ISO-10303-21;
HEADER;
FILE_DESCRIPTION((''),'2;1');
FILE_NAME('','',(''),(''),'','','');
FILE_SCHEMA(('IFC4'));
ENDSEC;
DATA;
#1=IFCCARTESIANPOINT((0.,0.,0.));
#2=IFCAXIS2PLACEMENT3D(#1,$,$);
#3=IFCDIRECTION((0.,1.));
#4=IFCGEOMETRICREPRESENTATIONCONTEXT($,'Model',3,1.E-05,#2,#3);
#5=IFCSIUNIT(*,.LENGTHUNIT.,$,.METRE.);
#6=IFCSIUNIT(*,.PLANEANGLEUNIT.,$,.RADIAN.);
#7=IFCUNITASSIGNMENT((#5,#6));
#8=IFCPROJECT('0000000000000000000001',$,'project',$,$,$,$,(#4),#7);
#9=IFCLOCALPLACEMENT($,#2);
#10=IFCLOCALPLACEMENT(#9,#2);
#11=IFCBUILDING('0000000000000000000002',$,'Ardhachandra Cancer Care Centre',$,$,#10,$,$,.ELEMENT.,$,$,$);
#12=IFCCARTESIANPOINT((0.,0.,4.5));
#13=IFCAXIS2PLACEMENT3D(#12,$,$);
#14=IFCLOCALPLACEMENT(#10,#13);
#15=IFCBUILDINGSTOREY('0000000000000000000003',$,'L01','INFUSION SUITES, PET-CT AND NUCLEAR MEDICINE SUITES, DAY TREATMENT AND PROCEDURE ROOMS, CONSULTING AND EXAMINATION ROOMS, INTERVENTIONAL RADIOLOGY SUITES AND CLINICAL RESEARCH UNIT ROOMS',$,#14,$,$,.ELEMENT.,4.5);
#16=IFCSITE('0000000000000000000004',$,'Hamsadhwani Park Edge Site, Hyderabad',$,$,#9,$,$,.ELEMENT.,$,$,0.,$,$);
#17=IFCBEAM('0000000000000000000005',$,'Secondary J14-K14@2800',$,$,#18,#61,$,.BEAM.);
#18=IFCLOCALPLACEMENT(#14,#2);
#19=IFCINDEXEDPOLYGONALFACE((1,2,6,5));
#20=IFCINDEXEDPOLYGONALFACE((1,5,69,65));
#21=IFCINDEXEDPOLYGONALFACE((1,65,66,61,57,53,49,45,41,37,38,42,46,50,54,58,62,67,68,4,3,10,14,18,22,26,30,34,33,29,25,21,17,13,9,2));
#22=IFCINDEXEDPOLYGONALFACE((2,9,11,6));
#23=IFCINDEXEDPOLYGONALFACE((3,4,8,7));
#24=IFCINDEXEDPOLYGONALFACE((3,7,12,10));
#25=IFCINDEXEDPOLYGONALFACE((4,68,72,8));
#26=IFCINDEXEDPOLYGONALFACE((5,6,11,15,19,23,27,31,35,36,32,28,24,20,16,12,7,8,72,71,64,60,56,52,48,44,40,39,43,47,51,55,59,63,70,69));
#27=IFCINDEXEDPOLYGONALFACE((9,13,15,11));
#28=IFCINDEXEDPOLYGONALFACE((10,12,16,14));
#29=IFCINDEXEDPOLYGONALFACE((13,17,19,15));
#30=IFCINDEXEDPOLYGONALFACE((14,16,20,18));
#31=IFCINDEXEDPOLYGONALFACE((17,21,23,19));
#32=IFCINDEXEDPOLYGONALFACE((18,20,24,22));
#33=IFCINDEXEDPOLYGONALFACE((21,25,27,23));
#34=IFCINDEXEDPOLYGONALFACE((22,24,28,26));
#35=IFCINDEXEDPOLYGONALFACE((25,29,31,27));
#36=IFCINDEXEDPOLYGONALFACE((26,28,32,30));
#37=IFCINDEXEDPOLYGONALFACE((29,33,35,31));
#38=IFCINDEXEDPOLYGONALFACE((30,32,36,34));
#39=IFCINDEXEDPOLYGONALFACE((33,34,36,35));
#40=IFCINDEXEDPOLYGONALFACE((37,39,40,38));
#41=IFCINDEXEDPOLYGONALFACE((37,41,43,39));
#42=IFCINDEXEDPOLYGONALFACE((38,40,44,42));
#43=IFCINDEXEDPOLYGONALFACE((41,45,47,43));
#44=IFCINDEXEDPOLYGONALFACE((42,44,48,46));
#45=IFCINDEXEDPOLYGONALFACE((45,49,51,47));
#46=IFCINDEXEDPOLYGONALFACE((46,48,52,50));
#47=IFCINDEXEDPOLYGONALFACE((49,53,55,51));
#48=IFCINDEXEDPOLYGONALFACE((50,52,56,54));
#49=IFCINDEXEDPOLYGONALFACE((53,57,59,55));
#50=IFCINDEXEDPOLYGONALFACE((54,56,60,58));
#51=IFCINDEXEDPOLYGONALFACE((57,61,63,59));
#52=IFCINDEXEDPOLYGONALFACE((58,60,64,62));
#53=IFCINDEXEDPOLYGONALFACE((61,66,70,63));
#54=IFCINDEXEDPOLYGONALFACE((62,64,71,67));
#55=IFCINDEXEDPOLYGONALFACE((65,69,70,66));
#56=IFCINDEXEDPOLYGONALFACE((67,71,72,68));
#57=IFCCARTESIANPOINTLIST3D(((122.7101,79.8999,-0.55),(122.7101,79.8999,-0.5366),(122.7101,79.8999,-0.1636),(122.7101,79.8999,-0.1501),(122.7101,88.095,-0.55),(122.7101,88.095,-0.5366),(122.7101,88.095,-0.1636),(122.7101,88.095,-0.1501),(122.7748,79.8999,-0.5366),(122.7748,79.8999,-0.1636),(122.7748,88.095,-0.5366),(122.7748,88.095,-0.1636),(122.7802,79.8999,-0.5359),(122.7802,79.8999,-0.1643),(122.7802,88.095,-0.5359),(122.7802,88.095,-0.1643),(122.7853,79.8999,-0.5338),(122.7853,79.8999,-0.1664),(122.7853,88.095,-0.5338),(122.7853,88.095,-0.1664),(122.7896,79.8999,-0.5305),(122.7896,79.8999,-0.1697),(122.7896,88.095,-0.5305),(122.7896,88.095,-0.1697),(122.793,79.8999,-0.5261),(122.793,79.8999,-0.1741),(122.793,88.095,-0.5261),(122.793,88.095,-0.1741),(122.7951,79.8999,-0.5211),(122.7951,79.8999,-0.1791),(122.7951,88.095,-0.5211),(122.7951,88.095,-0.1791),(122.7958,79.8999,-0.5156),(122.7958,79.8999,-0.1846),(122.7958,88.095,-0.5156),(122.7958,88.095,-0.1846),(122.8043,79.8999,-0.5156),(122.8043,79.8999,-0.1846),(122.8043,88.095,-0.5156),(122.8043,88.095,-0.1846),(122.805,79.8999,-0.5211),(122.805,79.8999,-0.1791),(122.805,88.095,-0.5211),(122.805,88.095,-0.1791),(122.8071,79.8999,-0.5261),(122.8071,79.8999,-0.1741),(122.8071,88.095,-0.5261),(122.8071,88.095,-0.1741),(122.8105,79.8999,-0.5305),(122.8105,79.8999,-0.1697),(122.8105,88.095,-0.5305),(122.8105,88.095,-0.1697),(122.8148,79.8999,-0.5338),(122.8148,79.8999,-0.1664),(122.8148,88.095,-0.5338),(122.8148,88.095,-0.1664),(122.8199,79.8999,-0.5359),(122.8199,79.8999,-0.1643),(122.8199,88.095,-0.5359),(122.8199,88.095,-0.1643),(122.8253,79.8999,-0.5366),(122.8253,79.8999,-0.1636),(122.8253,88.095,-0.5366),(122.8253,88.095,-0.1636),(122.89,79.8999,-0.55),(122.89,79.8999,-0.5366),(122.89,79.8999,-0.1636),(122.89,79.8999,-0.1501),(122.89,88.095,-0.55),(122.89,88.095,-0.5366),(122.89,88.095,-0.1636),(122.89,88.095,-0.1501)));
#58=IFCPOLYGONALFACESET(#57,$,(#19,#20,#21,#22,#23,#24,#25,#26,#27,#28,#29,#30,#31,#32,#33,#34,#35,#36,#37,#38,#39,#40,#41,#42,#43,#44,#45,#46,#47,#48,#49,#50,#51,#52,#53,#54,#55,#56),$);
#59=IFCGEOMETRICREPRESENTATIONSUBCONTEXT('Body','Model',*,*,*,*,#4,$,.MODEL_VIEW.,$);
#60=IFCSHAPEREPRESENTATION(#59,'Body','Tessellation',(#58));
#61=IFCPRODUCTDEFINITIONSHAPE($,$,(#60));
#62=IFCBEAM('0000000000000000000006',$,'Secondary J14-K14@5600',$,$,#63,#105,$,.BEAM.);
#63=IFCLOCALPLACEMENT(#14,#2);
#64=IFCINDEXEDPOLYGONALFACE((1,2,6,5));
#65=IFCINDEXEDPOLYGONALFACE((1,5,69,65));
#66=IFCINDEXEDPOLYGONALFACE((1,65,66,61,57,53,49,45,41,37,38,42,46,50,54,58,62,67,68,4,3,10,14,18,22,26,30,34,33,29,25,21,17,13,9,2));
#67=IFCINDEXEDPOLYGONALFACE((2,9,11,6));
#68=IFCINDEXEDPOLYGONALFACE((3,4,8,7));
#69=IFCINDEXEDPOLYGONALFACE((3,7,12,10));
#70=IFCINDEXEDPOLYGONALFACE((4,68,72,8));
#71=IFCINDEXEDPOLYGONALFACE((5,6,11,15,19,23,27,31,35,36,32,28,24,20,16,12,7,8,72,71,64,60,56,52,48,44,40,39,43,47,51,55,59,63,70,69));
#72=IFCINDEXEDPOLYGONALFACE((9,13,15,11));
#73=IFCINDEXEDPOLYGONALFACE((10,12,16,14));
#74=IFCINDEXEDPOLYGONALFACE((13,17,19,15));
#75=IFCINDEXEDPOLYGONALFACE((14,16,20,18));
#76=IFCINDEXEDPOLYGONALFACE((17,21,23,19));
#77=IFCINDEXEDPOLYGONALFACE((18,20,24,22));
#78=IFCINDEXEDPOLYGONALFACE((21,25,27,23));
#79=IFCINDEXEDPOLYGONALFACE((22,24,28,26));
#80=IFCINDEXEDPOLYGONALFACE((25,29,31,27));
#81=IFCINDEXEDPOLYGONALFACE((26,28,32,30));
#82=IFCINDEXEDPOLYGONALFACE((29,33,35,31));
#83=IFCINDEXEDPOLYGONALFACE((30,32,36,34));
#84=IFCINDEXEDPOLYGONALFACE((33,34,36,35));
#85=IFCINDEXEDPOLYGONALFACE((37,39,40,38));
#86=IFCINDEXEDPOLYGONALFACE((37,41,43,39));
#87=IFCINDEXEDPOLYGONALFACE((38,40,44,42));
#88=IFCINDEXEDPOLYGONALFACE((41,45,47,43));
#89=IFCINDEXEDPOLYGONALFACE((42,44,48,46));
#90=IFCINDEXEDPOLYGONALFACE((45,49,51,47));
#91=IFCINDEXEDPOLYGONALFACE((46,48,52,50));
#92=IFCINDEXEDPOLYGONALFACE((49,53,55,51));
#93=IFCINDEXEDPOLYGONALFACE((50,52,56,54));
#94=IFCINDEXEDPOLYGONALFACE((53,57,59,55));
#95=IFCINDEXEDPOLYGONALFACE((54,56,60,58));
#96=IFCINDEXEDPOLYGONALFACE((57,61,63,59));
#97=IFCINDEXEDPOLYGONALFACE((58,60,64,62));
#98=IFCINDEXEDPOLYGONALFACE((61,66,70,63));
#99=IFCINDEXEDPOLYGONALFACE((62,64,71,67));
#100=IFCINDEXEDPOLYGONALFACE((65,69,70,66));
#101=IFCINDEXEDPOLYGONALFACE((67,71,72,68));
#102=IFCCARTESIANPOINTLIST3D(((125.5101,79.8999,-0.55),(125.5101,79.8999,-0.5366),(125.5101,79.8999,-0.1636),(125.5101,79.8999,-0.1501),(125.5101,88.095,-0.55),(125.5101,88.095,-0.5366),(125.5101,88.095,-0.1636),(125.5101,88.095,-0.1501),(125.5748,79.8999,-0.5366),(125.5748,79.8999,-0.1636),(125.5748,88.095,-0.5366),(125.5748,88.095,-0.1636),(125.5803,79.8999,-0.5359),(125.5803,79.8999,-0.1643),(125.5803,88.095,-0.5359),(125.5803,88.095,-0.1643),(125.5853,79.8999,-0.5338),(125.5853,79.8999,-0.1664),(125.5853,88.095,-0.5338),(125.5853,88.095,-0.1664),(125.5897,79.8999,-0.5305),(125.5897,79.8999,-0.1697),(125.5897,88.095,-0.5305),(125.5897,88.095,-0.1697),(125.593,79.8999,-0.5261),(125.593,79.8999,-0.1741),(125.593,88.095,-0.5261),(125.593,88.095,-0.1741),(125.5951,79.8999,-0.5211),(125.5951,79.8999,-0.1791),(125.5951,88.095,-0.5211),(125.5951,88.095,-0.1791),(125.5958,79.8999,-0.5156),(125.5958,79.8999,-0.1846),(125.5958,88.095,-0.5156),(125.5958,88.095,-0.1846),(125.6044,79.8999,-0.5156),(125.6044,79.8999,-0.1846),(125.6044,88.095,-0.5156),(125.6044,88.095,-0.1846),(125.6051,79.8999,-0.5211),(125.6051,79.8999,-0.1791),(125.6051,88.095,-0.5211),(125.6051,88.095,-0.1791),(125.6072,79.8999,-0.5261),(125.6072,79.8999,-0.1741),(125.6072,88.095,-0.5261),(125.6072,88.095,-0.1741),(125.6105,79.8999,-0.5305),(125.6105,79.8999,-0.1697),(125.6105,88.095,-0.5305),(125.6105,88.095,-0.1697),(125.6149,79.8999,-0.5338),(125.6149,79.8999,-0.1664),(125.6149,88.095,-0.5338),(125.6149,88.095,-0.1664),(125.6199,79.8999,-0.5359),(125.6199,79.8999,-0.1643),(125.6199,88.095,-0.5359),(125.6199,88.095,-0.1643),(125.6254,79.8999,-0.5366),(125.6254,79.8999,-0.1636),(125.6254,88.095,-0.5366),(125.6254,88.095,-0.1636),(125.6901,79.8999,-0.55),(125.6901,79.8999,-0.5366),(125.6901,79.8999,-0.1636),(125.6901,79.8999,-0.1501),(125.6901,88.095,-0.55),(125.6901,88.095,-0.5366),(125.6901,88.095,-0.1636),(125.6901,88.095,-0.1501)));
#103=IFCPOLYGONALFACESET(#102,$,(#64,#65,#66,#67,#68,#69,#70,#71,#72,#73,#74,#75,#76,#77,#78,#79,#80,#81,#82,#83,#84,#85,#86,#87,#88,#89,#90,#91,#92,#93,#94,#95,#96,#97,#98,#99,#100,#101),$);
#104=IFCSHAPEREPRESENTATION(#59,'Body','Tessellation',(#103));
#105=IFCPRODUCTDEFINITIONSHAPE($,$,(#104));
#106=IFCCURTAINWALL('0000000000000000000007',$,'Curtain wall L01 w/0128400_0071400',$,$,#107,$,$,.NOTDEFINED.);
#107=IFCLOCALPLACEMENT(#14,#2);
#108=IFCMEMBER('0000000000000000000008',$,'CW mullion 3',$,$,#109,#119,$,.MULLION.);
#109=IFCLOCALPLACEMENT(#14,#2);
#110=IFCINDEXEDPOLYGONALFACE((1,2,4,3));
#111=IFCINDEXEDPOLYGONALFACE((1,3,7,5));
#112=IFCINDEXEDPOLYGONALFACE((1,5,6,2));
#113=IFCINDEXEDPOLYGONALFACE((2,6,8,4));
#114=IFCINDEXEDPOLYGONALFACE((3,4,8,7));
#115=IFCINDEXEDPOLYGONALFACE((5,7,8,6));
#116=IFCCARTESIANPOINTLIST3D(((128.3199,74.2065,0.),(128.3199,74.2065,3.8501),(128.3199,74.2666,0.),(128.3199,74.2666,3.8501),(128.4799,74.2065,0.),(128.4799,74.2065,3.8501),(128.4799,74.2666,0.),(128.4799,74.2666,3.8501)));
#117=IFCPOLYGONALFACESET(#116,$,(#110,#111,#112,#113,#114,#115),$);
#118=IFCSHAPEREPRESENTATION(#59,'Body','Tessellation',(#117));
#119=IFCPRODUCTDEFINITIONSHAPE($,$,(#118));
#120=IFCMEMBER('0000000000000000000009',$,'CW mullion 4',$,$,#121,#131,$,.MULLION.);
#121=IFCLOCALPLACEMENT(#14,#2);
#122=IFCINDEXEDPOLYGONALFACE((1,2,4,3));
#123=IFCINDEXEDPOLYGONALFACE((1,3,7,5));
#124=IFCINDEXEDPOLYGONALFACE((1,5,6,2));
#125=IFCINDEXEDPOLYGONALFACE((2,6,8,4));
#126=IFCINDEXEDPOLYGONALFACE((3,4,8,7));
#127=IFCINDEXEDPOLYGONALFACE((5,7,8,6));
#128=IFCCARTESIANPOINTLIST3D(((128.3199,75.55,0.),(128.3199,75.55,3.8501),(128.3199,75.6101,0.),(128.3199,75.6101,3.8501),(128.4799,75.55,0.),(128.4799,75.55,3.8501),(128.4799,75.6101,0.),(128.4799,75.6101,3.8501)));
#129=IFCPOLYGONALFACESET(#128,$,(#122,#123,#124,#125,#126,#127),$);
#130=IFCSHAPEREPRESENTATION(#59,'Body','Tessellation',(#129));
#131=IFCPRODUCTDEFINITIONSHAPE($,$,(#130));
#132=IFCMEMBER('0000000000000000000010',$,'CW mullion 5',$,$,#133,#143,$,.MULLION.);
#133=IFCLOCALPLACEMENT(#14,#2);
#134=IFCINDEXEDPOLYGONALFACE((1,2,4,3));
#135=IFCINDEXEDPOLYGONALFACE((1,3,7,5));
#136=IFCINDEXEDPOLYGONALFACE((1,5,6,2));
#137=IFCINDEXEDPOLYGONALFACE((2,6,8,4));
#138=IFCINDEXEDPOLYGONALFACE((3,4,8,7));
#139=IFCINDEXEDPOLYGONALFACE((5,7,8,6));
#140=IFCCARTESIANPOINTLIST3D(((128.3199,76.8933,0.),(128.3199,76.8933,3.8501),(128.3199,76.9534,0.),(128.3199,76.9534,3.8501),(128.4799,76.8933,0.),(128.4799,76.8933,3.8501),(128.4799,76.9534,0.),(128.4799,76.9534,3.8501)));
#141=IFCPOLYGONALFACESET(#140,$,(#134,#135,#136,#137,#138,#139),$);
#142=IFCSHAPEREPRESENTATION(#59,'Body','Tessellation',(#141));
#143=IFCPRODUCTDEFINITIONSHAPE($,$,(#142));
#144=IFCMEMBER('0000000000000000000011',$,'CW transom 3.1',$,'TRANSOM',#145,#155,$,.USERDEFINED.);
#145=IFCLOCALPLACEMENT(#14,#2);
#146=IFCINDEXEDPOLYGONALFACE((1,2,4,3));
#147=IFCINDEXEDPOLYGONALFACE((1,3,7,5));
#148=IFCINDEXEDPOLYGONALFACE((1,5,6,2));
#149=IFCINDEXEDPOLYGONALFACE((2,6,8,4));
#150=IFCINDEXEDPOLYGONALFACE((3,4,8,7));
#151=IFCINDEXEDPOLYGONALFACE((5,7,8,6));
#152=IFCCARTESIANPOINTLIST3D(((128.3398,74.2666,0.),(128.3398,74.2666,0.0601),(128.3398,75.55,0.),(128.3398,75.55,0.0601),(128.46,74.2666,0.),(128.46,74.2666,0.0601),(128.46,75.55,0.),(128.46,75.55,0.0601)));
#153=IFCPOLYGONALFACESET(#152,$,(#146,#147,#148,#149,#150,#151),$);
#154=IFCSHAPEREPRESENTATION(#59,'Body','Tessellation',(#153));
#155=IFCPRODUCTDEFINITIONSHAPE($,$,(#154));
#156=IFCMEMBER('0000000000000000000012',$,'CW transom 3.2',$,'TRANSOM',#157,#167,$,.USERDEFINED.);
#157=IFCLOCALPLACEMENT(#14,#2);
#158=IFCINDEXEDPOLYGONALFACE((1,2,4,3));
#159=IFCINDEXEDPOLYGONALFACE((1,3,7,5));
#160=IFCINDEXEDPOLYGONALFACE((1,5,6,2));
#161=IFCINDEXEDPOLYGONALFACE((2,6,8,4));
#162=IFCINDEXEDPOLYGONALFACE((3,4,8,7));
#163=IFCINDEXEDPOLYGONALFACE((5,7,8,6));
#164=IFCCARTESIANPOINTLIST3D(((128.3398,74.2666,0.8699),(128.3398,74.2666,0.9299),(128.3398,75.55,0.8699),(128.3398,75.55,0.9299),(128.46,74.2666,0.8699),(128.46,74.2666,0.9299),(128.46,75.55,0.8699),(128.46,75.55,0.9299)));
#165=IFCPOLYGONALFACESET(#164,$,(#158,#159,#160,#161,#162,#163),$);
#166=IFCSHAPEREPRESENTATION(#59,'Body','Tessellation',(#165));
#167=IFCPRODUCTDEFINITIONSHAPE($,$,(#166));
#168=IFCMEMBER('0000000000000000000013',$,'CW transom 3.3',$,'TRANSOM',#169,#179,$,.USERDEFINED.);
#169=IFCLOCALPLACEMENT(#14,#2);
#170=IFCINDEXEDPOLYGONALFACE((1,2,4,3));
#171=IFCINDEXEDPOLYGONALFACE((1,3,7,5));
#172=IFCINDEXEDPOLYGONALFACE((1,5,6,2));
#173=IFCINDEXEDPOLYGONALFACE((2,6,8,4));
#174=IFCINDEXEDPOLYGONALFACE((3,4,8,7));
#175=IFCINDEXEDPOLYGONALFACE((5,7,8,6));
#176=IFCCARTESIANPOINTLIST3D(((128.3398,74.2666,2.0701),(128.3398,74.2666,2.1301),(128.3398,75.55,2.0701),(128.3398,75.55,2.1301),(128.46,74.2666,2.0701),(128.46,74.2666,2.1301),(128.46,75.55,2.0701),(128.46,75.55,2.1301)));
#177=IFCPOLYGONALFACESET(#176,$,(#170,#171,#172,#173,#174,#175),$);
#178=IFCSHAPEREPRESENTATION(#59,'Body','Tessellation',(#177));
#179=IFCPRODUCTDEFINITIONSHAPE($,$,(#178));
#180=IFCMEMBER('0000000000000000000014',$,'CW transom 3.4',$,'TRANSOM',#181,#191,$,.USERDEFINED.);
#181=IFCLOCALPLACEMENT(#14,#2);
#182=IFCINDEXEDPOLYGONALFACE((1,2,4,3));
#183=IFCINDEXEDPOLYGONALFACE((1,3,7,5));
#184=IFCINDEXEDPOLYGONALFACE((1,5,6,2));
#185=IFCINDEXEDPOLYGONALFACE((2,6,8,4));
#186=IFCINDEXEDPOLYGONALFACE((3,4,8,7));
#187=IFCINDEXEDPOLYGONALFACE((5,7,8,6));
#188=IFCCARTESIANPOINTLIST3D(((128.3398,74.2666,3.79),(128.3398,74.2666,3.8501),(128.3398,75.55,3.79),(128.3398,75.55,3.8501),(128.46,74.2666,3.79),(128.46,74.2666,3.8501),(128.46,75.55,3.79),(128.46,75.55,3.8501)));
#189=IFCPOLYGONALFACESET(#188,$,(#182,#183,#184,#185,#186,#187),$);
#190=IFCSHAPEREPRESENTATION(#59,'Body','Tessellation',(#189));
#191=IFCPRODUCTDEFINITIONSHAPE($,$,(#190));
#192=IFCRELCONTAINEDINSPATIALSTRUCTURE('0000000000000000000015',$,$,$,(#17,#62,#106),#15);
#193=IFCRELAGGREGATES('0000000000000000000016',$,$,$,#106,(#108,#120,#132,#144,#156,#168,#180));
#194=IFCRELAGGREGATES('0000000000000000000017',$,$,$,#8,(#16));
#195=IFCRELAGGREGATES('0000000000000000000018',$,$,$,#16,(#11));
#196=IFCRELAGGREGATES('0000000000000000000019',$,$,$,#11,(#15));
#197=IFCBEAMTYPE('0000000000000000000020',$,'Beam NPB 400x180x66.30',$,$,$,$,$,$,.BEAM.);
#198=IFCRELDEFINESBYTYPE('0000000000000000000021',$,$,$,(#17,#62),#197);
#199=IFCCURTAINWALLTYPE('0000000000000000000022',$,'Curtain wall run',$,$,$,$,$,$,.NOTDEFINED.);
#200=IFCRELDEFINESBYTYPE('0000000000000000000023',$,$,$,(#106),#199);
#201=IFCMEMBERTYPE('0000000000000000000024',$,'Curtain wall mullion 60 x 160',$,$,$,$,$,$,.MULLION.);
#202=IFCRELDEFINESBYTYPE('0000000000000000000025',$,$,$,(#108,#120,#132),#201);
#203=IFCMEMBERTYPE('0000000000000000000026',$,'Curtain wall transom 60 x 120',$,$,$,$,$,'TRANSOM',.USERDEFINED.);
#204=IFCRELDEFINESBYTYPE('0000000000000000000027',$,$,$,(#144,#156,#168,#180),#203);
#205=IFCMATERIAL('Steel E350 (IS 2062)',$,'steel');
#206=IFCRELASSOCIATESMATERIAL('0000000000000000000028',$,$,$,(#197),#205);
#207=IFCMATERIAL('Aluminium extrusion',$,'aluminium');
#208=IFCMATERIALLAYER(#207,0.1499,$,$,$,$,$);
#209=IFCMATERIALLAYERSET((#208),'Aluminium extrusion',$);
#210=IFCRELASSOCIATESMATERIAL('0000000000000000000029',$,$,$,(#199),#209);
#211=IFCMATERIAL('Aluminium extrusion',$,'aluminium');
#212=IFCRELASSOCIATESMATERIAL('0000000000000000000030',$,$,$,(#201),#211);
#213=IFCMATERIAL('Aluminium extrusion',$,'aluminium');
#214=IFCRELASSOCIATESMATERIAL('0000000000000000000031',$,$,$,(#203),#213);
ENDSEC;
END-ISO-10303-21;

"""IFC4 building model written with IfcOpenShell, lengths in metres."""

from ifc_helpers import new_model, si_unit, direction, frame, origin, origin_2d, place, context, subcontext, project, spatial, rectangle, i_section, extrude, material, layer, layer_set, material_profile, profile_set, type_object, element, aggregate, save


model = new_model("IFC4")

# Units and contexts
model_context = context("Model", 3, precision=1e-05, world=origin(), true_north=direction((0.0, 1.0)))
body_context = subcontext(model_context, "Body", "Model", "MODEL_VIEW")
ifc_project = project(units=[si_unit("LENGTHUNIT", "METRE"), si_unit("PLANEANGLEUNIT", "RADIAN")], contexts=[model_context])

# Site, building, storey
site_placement = place(None, origin())
site = spatial("IfcSite", under=ifc_project, at=site_placement, Name="Hamsadhwani Park Edge Site, Hyderabad", CompositionType="ELEMENT", RefElevation=0.0)
building_placement = place(site_placement, origin())
building = spatial("IfcBuilding", under=site, at=building_placement, Name="Ardhachandra Cancer Care Centre", CompositionType="ELEMENT")
storey_placement = place(building_placement, frame((0.0, 0.0, 4.5)))
storey = spatial("IfcBuildingStorey", under=building, at=storey_placement, Name="L01", Description="INFUSION SUITES, PET-CT AND NUCLEAR MEDICINE SUITES, DAY TREATMENT AND PROCEDURE ROOMS, CONSULTING AND EXAMINATION ROOMS, INTERVENTIONAL RADIOLOGY SUITES AND CLINICAL RESEARCH UNIT ROOMS", CompositionType="ELEMENT", Elevation=4.5)

# Beams
ifc_material_1 = material(Name="Steel E350 (IS 2062)", Category="steel")
ifc_material_profile_1 = material_profile(ifc_material_1, i_section(OverallWidth=0.1799, OverallDepth=0.3999, WebThickness=0.0085, FlangeThickness=0.0134, FilletRadius=0.021, at=origin_2d()), Name="NPB 400x180x66.30")
ifc_profile_set_1 = profile_set([ifc_material_profile_1], Name="Steel E350 (IS 2062)")
beam_type = type_object("IfcBeamType", Name="Beam NPB 400x180x66.30", PredefinedType="BEAM", material=ifc_profile_set_1)
for number, where, z_axis, x_axis, name in (
    (1, (122.8, 79.8999, -0.3501), (0.0, 1.0, 0.0), (-1.0, 0.0, 0.0), "Secondary J14-K14@2800"),
    (2, (125.6001, 79.8999, -0.3501), (0.0, 1.0, 0.0), (-1.0, 0.0, 0.0), "Secondary J14-K14@5600"),
):
    element("IfcBeam", number, at=place(storey_placement, frame(where, z_axis=z_axis, x_axis=x_axis)), inside=storey, type_object=beam_type, Name=name, PredefinedType="BEAM", context=body_context, shape_type="SweptSolid", body=[
        extrude(i_section(OverallWidth=0.1799, OverallDepth=0.3999, WebThickness=0.0085, FlangeThickness=0.0134, FilletRadius=0.021, at=origin_2d()), origin(), (0.0, 0.0, 1.0), 8.1951),
    ])

# Curtain wall, members
ifc_material_2 = material(Name="Aluminium extrusion", Category="aluminium")
ifc_layer_1 = layer(ifc_material_2, 0.1499)
ifc_layer_set_1 = layer_set([ifc_layer_1], Name="Aluminium extrusion")
curtain_wall_type = type_object("IfcCurtainWallType", Name="Curtain wall run", PredefinedType="NOTDEFINED", material=ifc_layer_set_1)
curtain_wall_placement = place(storey_placement, origin())
curtain_wall = element("IfcCurtainWall", 3, at=curtain_wall_placement, inside=storey, type_object=curtain_wall_type, Name="Curtain wall L01 w/0128400_0071400", PredefinedType="NOTDEFINED")
ifc_material_3 = material(Name="Aluminium extrusion", Category="aluminium")
ifc_material_profile_2 = material_profile(ifc_material_3, rectangle(XDim=0.1599, YDim=0.0601, at=origin_2d()), Name="Curtain wall mullion 60 x 160")
ifc_profile_set_2 = profile_set([ifc_material_profile_2], Name="Aluminium extrusion")
member_type_1 = type_object("IfcMemberType", Name="Curtain wall mullion 60 x 160", PredefinedType="MULLION", material=ifc_profile_set_2)
member_1_placement = place(storey_placement, frame((128.3999, 74.2366, 0.0), z_axis=(0.0, 0.0, 1.0), x_axis=(-1.0, 0.0, 0.0)))
member_1 = element("IfcMember", 4, at=member_1_placement, type_object=member_type_1, Name="CW mullion 3", PredefinedType="MULLION", context=body_context, shape_type="SweptSolid", body=[
    extrude(rectangle(XDim=0.1599, YDim=0.0601, at=origin_2d()), origin(), (0.0, 0.0, 1.0), 3.8501),
])
member_2_placement = place(storey_placement, frame((128.3999, 75.5801, 0.0), z_axis=(0.0, 0.0, 1.0), x_axis=(-1.0, 0.0, 0.0)))
member_2 = element("IfcMember", 5, at=member_2_placement, type_object=member_type_1, Name="CW mullion 4", PredefinedType="MULLION", context=body_context, shape_type="SweptSolid", body=[
    extrude(rectangle(XDim=0.1599, YDim=0.0601, at=origin_2d()), origin(), (0.0, 0.0, 1.0), 3.8501),
])
member_3_placement = place(storey_placement, frame((128.3999, 76.9233, 0.0), z_axis=(0.0, 0.0, 1.0), x_axis=(-1.0, 0.0, 0.0)))
member_3 = element("IfcMember", 6, at=member_3_placement, type_object=member_type_1, Name="CW mullion 5", PredefinedType="MULLION", context=body_context, shape_type="SweptSolid", body=[
    extrude(rectangle(XDim=0.1599, YDim=0.0601, at=origin_2d()), origin(), (0.0, 0.0, 1.0), 3.8501),
])
ifc_material_4 = material(Name="Aluminium extrusion", Category="aluminium")
ifc_material_profile_3 = material_profile(ifc_material_4, rectangle(XDim=0.1201, YDim=0.0601, at=origin_2d()), Name="Curtain wall transom 60 x 120")
ifc_profile_set_3 = profile_set([ifc_material_profile_3], Name="Aluminium extrusion")
member_type_2 = type_object("IfcMemberType", Name="Curtain wall transom 60 x 120", ElementType="TRANSOM", PredefinedType="USERDEFINED", material=ifc_profile_set_3)
member_4_placement = place(storey_placement, frame((128.3999, 74.2666, 0.03), z_axis=(0.0, 1.0, 0.0), x_axis=(-1.0, 0.0, 0.0)))
member_4 = element("IfcMember", 7, at=member_4_placement, type_object=member_type_2, Name="CW transom 3.1", ObjectType="TRANSOM", PredefinedType="USERDEFINED", context=body_context, shape_type="SweptSolid", body=[
    extrude(rectangle(XDim=0.1201, YDim=0.0601, at=origin_2d()), origin(), (0.0, 0.0, 1.0), 1.2834),
])
member_5_placement = place(storey_placement, frame((128.3999, 74.2666, 0.8999), z_axis=(0.0, 1.0, 0.0), x_axis=(-1.0, 0.0, 0.0)))
member_5 = element("IfcMember", 8, at=member_5_placement, type_object=member_type_2, Name="CW transom 3.2", ObjectType="TRANSOM", PredefinedType="USERDEFINED", context=body_context, shape_type="SweptSolid", body=[
    extrude(rectangle(XDim=0.1201, YDim=0.0601, at=origin_2d()), origin(), (0.0, 0.0, 1.0), 1.2834),
])
member_6_placement = place(storey_placement, frame((128.3999, 74.2666, 2.1001), z_axis=(0.0, 1.0, 0.0), x_axis=(-1.0, 0.0, 0.0)))
member_6 = element("IfcMember", 9, at=member_6_placement, type_object=member_type_2, Name="CW transom 3.3", ObjectType="TRANSOM", PredefinedType="USERDEFINED", context=body_context, shape_type="SweptSolid", body=[
    extrude(rectangle(XDim=0.1201, YDim=0.0601, at=origin_2d()), origin(), (0.0, 0.0, 1.0), 1.2834),
])
member_7_placement = place(storey_placement, frame((128.3999, 74.2666, 3.8201), z_axis=(0.0, 1.0, 0.0), x_axis=(-1.0, 0.0, 0.0)))
member_7 = element("IfcMember", 10, at=member_7_placement, type_object=member_type_2, Name="CW transom 3.4", ObjectType="TRANSOM", PredefinedType="USERDEFINED", context=body_context, shape_type="SweptSolid", body=[
    extrude(rectangle(XDim=0.1201, YDim=0.0601, at=origin_2d()), origin(), (0.0, 0.0, 1.0), 1.2834),
])
aggregate(curtain_wall, [member_1, member_2, member_3, member_4, member_5, member_6, member_7])

save(model, "model.ifc")
